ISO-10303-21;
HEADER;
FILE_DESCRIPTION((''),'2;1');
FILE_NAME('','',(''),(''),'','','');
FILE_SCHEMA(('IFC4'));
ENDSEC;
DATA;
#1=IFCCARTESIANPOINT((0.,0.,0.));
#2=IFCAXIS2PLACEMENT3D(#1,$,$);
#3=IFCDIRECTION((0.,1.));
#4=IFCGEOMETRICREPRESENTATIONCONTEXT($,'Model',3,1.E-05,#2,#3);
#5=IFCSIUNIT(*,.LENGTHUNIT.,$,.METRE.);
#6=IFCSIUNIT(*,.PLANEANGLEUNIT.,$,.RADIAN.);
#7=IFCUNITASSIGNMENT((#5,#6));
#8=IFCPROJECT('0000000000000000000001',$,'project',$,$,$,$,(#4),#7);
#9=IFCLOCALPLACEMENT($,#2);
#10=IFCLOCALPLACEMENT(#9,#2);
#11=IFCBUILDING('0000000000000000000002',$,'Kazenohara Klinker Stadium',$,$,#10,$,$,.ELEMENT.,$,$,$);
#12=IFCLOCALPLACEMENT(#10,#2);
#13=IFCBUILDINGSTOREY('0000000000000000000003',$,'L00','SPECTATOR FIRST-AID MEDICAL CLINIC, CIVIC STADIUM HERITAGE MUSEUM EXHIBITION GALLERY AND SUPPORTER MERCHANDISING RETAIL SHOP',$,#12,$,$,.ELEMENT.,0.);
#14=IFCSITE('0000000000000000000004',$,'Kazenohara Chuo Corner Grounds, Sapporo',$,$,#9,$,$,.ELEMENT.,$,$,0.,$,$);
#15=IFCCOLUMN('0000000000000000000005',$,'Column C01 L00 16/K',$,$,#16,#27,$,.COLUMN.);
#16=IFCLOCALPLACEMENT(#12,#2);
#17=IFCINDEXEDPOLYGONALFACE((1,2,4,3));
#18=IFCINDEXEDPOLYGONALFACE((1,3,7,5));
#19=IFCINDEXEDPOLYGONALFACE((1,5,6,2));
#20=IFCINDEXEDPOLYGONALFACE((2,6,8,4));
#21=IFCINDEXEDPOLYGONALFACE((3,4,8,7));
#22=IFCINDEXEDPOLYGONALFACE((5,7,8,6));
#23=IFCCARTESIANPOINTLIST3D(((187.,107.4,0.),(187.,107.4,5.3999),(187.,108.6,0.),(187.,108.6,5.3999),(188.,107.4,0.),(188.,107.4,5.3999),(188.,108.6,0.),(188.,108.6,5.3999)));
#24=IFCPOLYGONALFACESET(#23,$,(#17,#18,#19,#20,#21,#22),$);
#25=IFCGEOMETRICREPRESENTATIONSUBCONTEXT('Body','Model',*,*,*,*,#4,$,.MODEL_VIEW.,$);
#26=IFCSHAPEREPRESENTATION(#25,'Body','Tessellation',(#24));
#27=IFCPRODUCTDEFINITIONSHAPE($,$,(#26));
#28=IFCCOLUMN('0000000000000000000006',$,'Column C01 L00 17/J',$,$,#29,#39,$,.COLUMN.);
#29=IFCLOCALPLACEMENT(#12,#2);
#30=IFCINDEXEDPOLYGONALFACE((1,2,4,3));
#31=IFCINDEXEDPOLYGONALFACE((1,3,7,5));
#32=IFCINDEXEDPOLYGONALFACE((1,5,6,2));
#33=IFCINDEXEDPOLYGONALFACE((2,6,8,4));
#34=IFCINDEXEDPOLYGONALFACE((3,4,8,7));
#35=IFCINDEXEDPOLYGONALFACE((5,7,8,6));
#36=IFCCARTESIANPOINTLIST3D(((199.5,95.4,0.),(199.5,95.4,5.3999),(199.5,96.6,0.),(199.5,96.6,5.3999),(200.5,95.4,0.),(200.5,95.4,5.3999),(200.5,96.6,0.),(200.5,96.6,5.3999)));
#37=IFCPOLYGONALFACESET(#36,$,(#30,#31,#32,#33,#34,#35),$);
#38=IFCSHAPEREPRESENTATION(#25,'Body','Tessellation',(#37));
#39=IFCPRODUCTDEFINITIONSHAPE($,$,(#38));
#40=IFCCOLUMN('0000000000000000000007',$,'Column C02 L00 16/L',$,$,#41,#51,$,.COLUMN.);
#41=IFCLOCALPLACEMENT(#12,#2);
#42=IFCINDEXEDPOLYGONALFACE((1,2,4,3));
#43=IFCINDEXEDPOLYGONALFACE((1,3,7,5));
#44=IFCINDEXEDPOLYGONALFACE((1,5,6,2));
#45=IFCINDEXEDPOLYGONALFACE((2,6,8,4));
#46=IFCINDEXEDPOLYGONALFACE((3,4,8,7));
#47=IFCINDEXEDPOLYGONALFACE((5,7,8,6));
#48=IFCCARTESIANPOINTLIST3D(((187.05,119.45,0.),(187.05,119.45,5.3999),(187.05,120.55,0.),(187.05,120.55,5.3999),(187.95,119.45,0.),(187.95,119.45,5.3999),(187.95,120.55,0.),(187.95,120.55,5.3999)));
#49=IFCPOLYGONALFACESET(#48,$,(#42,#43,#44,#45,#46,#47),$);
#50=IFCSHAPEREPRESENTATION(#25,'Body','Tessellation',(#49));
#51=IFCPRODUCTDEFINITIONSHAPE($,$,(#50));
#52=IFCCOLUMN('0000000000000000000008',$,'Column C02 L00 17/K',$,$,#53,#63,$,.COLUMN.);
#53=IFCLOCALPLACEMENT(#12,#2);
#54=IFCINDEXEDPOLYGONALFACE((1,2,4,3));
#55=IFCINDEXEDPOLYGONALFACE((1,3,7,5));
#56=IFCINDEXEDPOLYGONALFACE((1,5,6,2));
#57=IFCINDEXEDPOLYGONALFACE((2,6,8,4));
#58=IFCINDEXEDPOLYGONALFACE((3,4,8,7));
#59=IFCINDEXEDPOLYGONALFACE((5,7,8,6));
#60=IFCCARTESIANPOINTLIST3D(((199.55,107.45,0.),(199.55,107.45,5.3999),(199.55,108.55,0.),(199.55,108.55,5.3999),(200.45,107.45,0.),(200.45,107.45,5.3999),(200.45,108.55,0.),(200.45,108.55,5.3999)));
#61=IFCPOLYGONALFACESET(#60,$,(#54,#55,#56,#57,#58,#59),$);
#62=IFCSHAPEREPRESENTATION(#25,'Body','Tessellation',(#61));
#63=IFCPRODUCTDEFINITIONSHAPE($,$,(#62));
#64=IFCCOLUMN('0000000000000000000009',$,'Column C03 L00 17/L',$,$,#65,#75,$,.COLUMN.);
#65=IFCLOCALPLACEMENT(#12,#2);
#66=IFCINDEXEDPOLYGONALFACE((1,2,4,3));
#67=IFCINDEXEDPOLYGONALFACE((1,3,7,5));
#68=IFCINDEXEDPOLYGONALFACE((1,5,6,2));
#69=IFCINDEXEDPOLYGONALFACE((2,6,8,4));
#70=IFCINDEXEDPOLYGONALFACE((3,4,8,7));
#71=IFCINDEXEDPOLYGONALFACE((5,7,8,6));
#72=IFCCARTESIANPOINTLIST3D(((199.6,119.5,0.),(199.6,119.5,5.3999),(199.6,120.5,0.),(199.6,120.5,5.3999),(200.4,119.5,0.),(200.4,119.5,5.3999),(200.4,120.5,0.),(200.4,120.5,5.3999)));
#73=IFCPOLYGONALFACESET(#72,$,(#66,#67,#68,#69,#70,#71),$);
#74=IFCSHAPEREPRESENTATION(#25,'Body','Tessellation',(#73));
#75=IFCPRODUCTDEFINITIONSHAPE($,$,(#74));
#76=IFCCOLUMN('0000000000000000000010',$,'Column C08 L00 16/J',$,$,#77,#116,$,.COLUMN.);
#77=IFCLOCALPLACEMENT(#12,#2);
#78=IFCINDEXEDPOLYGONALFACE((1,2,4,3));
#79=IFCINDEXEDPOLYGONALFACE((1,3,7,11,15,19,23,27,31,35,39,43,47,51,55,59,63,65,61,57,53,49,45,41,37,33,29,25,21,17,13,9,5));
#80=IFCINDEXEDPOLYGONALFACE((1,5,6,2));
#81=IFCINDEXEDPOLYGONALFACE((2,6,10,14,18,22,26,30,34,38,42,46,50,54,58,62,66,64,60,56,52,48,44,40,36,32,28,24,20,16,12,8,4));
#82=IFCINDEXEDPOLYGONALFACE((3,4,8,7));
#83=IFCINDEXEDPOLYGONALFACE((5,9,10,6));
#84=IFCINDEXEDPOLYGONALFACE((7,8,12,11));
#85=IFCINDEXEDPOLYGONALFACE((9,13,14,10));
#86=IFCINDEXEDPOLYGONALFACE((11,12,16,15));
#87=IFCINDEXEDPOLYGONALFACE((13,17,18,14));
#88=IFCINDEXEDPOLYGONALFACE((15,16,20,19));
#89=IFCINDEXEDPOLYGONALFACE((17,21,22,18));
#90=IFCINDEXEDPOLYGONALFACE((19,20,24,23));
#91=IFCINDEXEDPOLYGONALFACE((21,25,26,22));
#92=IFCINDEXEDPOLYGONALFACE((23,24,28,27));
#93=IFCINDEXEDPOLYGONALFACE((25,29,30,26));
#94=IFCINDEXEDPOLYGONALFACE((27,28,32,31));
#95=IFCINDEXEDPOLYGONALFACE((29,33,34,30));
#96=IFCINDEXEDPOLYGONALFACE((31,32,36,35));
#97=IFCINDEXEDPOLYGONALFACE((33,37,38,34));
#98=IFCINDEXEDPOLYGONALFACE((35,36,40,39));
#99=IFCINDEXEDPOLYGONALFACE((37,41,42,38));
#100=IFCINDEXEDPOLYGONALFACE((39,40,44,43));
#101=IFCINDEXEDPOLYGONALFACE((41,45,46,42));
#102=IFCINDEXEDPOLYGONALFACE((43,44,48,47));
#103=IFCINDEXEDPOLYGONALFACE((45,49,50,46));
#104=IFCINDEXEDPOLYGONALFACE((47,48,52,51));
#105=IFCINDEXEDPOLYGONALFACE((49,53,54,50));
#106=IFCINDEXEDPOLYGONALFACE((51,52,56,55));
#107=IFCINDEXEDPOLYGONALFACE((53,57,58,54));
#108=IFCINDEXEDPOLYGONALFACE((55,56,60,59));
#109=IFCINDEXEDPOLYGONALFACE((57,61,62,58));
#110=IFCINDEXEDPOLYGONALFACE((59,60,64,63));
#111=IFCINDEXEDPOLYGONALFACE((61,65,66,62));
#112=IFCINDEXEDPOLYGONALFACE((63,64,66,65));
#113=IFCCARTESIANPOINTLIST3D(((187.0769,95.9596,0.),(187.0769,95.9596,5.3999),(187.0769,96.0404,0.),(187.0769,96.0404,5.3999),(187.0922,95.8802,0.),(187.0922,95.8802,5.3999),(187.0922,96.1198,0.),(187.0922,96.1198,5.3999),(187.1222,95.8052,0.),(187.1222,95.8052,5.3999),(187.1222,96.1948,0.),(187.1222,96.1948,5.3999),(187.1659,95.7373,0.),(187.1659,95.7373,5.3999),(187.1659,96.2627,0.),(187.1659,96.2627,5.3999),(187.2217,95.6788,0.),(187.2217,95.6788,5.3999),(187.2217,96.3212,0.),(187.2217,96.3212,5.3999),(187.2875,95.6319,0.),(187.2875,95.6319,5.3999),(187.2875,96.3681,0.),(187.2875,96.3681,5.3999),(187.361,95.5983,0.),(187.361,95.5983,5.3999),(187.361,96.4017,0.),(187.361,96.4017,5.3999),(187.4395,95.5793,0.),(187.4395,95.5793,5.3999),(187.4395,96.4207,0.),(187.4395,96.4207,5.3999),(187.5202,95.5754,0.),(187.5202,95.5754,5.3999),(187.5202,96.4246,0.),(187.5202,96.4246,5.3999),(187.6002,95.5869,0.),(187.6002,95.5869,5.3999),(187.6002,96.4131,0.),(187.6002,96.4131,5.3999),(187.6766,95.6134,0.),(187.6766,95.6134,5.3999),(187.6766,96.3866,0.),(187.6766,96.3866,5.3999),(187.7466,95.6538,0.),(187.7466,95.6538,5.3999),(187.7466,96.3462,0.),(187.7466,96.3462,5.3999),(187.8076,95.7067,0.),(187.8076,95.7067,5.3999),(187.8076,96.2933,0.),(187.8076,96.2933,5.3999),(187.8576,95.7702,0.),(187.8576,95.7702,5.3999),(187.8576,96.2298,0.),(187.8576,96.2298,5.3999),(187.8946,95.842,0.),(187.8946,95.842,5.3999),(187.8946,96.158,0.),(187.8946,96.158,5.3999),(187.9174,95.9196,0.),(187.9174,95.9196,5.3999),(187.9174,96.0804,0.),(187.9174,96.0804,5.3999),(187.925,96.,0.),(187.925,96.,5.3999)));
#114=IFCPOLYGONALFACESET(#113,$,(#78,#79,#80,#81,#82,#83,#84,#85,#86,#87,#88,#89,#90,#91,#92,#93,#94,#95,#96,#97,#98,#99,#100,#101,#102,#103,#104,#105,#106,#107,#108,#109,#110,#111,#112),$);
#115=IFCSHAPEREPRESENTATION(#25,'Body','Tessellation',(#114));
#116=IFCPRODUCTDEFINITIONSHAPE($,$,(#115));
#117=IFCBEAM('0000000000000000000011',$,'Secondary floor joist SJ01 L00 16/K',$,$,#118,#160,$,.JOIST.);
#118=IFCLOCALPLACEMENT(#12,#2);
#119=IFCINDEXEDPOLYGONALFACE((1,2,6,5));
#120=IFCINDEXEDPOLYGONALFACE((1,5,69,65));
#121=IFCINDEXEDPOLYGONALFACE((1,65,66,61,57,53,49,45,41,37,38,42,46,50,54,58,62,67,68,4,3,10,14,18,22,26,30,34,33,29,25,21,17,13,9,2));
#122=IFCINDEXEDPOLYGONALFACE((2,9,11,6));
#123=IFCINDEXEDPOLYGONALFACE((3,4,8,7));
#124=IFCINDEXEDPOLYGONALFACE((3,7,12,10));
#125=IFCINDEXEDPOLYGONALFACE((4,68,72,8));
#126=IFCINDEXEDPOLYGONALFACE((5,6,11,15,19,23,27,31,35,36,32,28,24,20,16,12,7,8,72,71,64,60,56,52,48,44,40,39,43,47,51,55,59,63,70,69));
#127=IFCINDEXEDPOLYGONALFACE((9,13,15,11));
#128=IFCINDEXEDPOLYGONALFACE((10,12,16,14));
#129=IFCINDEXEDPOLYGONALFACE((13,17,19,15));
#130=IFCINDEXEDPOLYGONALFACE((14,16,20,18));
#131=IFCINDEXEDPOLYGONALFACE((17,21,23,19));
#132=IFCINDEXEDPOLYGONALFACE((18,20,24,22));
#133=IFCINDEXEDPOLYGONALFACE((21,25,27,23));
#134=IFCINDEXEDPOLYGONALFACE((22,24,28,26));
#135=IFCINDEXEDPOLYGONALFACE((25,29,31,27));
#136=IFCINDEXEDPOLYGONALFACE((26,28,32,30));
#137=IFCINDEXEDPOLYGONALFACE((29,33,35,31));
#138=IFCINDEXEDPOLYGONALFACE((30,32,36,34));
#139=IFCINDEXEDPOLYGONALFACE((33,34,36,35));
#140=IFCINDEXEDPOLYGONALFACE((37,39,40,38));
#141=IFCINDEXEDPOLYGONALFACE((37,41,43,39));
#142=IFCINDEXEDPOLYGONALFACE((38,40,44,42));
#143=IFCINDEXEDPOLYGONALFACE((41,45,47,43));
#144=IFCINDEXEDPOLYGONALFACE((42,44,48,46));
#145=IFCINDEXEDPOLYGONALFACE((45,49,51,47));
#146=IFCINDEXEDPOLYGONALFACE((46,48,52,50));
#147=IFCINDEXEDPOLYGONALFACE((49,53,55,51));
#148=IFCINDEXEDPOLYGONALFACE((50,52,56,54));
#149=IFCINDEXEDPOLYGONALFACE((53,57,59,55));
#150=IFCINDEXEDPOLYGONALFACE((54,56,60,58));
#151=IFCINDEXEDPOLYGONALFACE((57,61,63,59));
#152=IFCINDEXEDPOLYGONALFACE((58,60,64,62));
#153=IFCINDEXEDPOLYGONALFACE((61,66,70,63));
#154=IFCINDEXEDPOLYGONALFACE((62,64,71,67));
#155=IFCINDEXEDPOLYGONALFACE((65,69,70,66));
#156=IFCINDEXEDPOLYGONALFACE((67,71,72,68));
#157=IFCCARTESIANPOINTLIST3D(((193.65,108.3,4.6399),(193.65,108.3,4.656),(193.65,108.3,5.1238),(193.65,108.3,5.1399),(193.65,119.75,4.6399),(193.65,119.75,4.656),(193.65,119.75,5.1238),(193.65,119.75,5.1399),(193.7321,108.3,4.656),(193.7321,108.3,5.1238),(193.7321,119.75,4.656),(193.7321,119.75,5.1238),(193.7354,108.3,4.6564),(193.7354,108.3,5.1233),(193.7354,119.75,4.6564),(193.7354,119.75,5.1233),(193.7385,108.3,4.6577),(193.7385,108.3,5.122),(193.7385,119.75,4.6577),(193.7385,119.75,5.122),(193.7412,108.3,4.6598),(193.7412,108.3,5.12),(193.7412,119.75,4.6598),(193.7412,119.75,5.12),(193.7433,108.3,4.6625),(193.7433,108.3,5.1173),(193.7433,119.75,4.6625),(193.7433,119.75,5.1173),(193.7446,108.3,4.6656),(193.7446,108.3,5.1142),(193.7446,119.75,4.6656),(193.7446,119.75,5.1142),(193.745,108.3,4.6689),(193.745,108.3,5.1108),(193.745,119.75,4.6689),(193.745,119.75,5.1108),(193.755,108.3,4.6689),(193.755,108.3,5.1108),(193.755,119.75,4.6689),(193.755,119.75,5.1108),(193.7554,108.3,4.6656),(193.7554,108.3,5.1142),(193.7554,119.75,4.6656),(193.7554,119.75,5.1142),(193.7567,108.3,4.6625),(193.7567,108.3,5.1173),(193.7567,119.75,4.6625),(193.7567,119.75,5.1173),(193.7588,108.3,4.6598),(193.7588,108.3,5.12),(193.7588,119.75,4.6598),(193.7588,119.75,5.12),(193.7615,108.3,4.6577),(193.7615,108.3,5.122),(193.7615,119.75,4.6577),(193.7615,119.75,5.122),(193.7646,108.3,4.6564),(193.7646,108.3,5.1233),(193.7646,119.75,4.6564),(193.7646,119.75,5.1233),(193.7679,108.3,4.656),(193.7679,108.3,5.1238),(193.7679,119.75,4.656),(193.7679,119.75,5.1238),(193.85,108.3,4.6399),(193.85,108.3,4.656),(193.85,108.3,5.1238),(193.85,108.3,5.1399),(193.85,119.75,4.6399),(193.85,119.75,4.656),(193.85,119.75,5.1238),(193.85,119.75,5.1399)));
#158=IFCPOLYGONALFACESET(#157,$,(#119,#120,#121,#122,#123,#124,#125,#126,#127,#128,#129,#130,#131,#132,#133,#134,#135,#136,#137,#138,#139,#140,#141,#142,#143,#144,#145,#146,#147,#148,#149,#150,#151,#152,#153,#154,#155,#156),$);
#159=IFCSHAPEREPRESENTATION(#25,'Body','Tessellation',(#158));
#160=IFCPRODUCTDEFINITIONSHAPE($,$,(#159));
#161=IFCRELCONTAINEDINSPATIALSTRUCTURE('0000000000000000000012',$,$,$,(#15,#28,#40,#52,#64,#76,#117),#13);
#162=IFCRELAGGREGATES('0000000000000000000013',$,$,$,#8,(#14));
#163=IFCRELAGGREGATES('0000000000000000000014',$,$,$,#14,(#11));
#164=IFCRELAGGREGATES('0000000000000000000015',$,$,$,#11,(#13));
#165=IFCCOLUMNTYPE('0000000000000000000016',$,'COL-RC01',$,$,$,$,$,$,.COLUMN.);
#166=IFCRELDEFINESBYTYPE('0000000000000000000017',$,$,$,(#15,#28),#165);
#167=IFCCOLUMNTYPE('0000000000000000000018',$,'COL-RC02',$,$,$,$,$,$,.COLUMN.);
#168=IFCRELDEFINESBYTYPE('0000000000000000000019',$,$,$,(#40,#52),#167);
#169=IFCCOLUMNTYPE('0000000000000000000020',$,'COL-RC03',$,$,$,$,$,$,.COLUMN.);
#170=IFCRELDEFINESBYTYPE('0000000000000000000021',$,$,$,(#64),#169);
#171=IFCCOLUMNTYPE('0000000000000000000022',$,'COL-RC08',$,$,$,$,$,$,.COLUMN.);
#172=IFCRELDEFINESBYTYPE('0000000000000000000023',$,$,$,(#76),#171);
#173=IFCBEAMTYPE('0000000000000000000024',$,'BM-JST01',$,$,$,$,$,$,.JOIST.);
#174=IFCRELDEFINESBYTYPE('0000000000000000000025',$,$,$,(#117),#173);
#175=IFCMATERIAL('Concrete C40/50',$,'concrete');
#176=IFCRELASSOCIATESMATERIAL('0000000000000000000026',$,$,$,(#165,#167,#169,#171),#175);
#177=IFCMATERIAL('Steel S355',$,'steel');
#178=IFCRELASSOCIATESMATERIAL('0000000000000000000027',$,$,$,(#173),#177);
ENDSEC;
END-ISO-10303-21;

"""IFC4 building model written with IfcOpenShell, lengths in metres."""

from ifc_helpers import new_model, si_unit, direction, frame, origin, origin_2d, place, context, subcontext, project, spatial, rectangle, circle, i_section, extrude, material, material_profile, profile_set, type_object, element, save


model = new_model("IFC4")

# Units and contexts
model_context = context("Model", 3, precision=1e-05, world=origin(), true_north=direction((0.0, 1.0)))
body_context = subcontext(model_context, "Body", "Model", "MODEL_VIEW")
ifc_project = project(units=[si_unit("LENGTHUNIT", "METRE"), si_unit("PLANEANGLEUNIT", "RADIAN")], contexts=[model_context])

# Site, building, storey
site_placement = place(None, origin())
site = spatial("IfcSite", under=ifc_project, at=site_placement, Name="Kazenohara Chuo Corner Grounds, Sapporo", CompositionType="ELEMENT", RefElevation=0.0)
building_placement = place(site_placement, origin())
building = spatial("IfcBuilding", under=site, at=building_placement, Name="Kazenohara Klinker Stadium", CompositionType="ELEMENT")
storey_placement = place(building_placement, origin())
storey = spatial("IfcBuildingStorey", under=building, at=storey_placement, Name="L00", Description="SPECTATOR FIRST-AID MEDICAL CLINIC, CIVIC STADIUM HERITAGE MUSEUM EXHIBITION GALLERY AND SUPPORTER MERCHANDISING RETAIL SHOP", CompositionType="ELEMENT", Elevation=0.0)

# Columns
ifc_material_1 = material(Name="Concrete C40/50", Category="concrete")
ifc_material_profile_1 = material_profile(ifc_material_1, rectangle(XDim=1.0, YDim=1.2, at=origin_2d()), Name="RC-COL-1200x1000")
ifc_profile_set_1 = profile_set([ifc_material_profile_1], Name="Concrete C40/50")
column_type_1 = type_object("IfcColumnType", Name="COL-RC01", PredefinedType="COLUMN", material=ifc_profile_set_1)
for number, where, z_axis, x_axis, name in (
    (1, (187.5, 108.0, 0.0), (0.0, 0.0, 1.0), (1.0, 0.0, 0.0), "Column C01 L00 16/K"),
    (2, (200.0, 96.0, 0.0), (0.0, 0.0, 1.0), (1.0, 0.0, 0.0), "Column C01 L00 17/J"),
):
    element("IfcColumn", number, at=place(storey_placement, frame(where, z_axis=z_axis, x_axis=x_axis)), inside=storey, type_object=column_type_1, Name=name, PredefinedType="COLUMN", context=body_context, shape_type="SweptSolid", body=[
        extrude(rectangle(XDim=1.0, YDim=1.2, at=origin_2d()), origin(), (0.0, 0.0, 1.0), 5.3999),
    ])
ifc_material_profile_2 = material_profile(ifc_material_1, rectangle(XDim=0.8999, YDim=1.1001, at=origin_2d()), Name="RC-COL-1100x900")
ifc_profile_set_2 = profile_set([ifc_material_profile_2], Name="Concrete C40/50")
column_type_2 = type_object("IfcColumnType", Name="COL-RC02", PredefinedType="COLUMN", material=ifc_profile_set_2)
for number, where, z_axis, x_axis, name in (
    (3, (187.5, 120.0, 0.0), (0.0, 0.0, 1.0), (1.0, 0.0, 0.0), "Column C02 L00 16/L"),
    (4, (200.0, 108.0, 0.0), (0.0, 0.0, 1.0), (1.0, 0.0, 0.0), "Column C02 L00 17/K"),
):
    element("IfcColumn", number, at=place(storey_placement, frame(where, z_axis=z_axis, x_axis=x_axis)), inside=storey, type_object=column_type_2, Name=name, PredefinedType="COLUMN", context=body_context, shape_type="SweptSolid", body=[
        extrude(rectangle(XDim=0.8999, YDim=1.1001, at=origin_2d()), origin(), (0.0, 0.0, 1.0), 5.3999),
    ])
ifc_material_profile_3 = material_profile(ifc_material_1, rectangle(XDim=0.8, YDim=1.0, at=origin_2d()), Name="RC-COL-1000x800")
ifc_profile_set_3 = profile_set([ifc_material_profile_3], Name="Concrete C40/50")
column_type_3 = type_object("IfcColumnType", Name="COL-RC03", PredefinedType="COLUMN", material=ifc_profile_set_3)
column_1_placement = place(storey_placement, frame((200.0, 120.0, 0.0), z_axis=(0.0, 0.0, 1.0), x_axis=(1.0, 0.0, 0.0)))
element("IfcColumn", 5, at=column_1_placement, inside=storey, type_object=column_type_3, Name="Column C03 L00 17/L", PredefinedType="COLUMN", context=body_context, shape_type="SweptSolid", body=[
    extrude(rectangle(XDim=0.8, YDim=1.0, at=origin_2d()), origin(), (0.0, 0.0, 1.0), 5.3999),
])
ifc_material_profile_4 = material_profile(ifc_material_1, circle(Radius=0.425, at=origin_2d()), Name="RC-COL-D850")
ifc_profile_set_4 = profile_set([ifc_material_profile_4], Name="Concrete C40/50")
column_type_4 = type_object("IfcColumnType", Name="COL-RC08", PredefinedType="COLUMN", material=ifc_profile_set_4)
column_2_placement = place(storey_placement, frame((187.5, 96.0, 0.0), z_axis=(0.0, 0.0, 1.0), x_axis=(1.0, 0.0, 0.0)))
element("IfcColumn", 6, at=column_2_placement, inside=storey, type_object=column_type_4, Name="Column C08 L00 16/J", PredefinedType="COLUMN", context=body_context, shape_type="SweptSolid", body=[
    extrude(circle(Radius=0.425, at=origin_2d()), origin(), (0.0, 0.0, 1.0), 5.3999),
])

# Beam
ifc_material_2 = material(Name="Steel S355", Category="steel")
ifc_material_profile_5 = material_profile(ifc_material_2, i_section(OverallWidth=0.2, OverallDepth=0.5, WebThickness=0.01, FlangeThickness=0.0161, FilletRadius=0.0129, at=origin_2d()), Name="H-500x200x10x16")
ifc_profile_set_5 = profile_set([ifc_material_profile_5], Name="Steel S355")
beam_type_1 = type_object("IfcBeamType", Name="BM-JST01", PredefinedType="JOIST", material=ifc_profile_set_5)
beam_1_placement = place(storey_placement, frame((193.75, 108.3, 4.8899), z_axis=(0.0, 1.0, 0.0), x_axis=(-1.0, 0.0, 0.0)))
element("IfcBeam", 7, at=beam_1_placement, inside=storey, type_object=beam_type_1, Name="Secondary floor joist SJ01 L00 16/K", PredefinedType="JOIST", context=body_context, shape_type="SweptSolid", body=[
    extrude(i_section(OverallWidth=0.2, OverallDepth=0.5, WebThickness=0.01, FlangeThickness=0.0161, FilletRadius=0.0129, at=origin_2d()), origin(), (0.0, 0.0, 1.0), 11.45),
])

save(model, "model.ifc")
